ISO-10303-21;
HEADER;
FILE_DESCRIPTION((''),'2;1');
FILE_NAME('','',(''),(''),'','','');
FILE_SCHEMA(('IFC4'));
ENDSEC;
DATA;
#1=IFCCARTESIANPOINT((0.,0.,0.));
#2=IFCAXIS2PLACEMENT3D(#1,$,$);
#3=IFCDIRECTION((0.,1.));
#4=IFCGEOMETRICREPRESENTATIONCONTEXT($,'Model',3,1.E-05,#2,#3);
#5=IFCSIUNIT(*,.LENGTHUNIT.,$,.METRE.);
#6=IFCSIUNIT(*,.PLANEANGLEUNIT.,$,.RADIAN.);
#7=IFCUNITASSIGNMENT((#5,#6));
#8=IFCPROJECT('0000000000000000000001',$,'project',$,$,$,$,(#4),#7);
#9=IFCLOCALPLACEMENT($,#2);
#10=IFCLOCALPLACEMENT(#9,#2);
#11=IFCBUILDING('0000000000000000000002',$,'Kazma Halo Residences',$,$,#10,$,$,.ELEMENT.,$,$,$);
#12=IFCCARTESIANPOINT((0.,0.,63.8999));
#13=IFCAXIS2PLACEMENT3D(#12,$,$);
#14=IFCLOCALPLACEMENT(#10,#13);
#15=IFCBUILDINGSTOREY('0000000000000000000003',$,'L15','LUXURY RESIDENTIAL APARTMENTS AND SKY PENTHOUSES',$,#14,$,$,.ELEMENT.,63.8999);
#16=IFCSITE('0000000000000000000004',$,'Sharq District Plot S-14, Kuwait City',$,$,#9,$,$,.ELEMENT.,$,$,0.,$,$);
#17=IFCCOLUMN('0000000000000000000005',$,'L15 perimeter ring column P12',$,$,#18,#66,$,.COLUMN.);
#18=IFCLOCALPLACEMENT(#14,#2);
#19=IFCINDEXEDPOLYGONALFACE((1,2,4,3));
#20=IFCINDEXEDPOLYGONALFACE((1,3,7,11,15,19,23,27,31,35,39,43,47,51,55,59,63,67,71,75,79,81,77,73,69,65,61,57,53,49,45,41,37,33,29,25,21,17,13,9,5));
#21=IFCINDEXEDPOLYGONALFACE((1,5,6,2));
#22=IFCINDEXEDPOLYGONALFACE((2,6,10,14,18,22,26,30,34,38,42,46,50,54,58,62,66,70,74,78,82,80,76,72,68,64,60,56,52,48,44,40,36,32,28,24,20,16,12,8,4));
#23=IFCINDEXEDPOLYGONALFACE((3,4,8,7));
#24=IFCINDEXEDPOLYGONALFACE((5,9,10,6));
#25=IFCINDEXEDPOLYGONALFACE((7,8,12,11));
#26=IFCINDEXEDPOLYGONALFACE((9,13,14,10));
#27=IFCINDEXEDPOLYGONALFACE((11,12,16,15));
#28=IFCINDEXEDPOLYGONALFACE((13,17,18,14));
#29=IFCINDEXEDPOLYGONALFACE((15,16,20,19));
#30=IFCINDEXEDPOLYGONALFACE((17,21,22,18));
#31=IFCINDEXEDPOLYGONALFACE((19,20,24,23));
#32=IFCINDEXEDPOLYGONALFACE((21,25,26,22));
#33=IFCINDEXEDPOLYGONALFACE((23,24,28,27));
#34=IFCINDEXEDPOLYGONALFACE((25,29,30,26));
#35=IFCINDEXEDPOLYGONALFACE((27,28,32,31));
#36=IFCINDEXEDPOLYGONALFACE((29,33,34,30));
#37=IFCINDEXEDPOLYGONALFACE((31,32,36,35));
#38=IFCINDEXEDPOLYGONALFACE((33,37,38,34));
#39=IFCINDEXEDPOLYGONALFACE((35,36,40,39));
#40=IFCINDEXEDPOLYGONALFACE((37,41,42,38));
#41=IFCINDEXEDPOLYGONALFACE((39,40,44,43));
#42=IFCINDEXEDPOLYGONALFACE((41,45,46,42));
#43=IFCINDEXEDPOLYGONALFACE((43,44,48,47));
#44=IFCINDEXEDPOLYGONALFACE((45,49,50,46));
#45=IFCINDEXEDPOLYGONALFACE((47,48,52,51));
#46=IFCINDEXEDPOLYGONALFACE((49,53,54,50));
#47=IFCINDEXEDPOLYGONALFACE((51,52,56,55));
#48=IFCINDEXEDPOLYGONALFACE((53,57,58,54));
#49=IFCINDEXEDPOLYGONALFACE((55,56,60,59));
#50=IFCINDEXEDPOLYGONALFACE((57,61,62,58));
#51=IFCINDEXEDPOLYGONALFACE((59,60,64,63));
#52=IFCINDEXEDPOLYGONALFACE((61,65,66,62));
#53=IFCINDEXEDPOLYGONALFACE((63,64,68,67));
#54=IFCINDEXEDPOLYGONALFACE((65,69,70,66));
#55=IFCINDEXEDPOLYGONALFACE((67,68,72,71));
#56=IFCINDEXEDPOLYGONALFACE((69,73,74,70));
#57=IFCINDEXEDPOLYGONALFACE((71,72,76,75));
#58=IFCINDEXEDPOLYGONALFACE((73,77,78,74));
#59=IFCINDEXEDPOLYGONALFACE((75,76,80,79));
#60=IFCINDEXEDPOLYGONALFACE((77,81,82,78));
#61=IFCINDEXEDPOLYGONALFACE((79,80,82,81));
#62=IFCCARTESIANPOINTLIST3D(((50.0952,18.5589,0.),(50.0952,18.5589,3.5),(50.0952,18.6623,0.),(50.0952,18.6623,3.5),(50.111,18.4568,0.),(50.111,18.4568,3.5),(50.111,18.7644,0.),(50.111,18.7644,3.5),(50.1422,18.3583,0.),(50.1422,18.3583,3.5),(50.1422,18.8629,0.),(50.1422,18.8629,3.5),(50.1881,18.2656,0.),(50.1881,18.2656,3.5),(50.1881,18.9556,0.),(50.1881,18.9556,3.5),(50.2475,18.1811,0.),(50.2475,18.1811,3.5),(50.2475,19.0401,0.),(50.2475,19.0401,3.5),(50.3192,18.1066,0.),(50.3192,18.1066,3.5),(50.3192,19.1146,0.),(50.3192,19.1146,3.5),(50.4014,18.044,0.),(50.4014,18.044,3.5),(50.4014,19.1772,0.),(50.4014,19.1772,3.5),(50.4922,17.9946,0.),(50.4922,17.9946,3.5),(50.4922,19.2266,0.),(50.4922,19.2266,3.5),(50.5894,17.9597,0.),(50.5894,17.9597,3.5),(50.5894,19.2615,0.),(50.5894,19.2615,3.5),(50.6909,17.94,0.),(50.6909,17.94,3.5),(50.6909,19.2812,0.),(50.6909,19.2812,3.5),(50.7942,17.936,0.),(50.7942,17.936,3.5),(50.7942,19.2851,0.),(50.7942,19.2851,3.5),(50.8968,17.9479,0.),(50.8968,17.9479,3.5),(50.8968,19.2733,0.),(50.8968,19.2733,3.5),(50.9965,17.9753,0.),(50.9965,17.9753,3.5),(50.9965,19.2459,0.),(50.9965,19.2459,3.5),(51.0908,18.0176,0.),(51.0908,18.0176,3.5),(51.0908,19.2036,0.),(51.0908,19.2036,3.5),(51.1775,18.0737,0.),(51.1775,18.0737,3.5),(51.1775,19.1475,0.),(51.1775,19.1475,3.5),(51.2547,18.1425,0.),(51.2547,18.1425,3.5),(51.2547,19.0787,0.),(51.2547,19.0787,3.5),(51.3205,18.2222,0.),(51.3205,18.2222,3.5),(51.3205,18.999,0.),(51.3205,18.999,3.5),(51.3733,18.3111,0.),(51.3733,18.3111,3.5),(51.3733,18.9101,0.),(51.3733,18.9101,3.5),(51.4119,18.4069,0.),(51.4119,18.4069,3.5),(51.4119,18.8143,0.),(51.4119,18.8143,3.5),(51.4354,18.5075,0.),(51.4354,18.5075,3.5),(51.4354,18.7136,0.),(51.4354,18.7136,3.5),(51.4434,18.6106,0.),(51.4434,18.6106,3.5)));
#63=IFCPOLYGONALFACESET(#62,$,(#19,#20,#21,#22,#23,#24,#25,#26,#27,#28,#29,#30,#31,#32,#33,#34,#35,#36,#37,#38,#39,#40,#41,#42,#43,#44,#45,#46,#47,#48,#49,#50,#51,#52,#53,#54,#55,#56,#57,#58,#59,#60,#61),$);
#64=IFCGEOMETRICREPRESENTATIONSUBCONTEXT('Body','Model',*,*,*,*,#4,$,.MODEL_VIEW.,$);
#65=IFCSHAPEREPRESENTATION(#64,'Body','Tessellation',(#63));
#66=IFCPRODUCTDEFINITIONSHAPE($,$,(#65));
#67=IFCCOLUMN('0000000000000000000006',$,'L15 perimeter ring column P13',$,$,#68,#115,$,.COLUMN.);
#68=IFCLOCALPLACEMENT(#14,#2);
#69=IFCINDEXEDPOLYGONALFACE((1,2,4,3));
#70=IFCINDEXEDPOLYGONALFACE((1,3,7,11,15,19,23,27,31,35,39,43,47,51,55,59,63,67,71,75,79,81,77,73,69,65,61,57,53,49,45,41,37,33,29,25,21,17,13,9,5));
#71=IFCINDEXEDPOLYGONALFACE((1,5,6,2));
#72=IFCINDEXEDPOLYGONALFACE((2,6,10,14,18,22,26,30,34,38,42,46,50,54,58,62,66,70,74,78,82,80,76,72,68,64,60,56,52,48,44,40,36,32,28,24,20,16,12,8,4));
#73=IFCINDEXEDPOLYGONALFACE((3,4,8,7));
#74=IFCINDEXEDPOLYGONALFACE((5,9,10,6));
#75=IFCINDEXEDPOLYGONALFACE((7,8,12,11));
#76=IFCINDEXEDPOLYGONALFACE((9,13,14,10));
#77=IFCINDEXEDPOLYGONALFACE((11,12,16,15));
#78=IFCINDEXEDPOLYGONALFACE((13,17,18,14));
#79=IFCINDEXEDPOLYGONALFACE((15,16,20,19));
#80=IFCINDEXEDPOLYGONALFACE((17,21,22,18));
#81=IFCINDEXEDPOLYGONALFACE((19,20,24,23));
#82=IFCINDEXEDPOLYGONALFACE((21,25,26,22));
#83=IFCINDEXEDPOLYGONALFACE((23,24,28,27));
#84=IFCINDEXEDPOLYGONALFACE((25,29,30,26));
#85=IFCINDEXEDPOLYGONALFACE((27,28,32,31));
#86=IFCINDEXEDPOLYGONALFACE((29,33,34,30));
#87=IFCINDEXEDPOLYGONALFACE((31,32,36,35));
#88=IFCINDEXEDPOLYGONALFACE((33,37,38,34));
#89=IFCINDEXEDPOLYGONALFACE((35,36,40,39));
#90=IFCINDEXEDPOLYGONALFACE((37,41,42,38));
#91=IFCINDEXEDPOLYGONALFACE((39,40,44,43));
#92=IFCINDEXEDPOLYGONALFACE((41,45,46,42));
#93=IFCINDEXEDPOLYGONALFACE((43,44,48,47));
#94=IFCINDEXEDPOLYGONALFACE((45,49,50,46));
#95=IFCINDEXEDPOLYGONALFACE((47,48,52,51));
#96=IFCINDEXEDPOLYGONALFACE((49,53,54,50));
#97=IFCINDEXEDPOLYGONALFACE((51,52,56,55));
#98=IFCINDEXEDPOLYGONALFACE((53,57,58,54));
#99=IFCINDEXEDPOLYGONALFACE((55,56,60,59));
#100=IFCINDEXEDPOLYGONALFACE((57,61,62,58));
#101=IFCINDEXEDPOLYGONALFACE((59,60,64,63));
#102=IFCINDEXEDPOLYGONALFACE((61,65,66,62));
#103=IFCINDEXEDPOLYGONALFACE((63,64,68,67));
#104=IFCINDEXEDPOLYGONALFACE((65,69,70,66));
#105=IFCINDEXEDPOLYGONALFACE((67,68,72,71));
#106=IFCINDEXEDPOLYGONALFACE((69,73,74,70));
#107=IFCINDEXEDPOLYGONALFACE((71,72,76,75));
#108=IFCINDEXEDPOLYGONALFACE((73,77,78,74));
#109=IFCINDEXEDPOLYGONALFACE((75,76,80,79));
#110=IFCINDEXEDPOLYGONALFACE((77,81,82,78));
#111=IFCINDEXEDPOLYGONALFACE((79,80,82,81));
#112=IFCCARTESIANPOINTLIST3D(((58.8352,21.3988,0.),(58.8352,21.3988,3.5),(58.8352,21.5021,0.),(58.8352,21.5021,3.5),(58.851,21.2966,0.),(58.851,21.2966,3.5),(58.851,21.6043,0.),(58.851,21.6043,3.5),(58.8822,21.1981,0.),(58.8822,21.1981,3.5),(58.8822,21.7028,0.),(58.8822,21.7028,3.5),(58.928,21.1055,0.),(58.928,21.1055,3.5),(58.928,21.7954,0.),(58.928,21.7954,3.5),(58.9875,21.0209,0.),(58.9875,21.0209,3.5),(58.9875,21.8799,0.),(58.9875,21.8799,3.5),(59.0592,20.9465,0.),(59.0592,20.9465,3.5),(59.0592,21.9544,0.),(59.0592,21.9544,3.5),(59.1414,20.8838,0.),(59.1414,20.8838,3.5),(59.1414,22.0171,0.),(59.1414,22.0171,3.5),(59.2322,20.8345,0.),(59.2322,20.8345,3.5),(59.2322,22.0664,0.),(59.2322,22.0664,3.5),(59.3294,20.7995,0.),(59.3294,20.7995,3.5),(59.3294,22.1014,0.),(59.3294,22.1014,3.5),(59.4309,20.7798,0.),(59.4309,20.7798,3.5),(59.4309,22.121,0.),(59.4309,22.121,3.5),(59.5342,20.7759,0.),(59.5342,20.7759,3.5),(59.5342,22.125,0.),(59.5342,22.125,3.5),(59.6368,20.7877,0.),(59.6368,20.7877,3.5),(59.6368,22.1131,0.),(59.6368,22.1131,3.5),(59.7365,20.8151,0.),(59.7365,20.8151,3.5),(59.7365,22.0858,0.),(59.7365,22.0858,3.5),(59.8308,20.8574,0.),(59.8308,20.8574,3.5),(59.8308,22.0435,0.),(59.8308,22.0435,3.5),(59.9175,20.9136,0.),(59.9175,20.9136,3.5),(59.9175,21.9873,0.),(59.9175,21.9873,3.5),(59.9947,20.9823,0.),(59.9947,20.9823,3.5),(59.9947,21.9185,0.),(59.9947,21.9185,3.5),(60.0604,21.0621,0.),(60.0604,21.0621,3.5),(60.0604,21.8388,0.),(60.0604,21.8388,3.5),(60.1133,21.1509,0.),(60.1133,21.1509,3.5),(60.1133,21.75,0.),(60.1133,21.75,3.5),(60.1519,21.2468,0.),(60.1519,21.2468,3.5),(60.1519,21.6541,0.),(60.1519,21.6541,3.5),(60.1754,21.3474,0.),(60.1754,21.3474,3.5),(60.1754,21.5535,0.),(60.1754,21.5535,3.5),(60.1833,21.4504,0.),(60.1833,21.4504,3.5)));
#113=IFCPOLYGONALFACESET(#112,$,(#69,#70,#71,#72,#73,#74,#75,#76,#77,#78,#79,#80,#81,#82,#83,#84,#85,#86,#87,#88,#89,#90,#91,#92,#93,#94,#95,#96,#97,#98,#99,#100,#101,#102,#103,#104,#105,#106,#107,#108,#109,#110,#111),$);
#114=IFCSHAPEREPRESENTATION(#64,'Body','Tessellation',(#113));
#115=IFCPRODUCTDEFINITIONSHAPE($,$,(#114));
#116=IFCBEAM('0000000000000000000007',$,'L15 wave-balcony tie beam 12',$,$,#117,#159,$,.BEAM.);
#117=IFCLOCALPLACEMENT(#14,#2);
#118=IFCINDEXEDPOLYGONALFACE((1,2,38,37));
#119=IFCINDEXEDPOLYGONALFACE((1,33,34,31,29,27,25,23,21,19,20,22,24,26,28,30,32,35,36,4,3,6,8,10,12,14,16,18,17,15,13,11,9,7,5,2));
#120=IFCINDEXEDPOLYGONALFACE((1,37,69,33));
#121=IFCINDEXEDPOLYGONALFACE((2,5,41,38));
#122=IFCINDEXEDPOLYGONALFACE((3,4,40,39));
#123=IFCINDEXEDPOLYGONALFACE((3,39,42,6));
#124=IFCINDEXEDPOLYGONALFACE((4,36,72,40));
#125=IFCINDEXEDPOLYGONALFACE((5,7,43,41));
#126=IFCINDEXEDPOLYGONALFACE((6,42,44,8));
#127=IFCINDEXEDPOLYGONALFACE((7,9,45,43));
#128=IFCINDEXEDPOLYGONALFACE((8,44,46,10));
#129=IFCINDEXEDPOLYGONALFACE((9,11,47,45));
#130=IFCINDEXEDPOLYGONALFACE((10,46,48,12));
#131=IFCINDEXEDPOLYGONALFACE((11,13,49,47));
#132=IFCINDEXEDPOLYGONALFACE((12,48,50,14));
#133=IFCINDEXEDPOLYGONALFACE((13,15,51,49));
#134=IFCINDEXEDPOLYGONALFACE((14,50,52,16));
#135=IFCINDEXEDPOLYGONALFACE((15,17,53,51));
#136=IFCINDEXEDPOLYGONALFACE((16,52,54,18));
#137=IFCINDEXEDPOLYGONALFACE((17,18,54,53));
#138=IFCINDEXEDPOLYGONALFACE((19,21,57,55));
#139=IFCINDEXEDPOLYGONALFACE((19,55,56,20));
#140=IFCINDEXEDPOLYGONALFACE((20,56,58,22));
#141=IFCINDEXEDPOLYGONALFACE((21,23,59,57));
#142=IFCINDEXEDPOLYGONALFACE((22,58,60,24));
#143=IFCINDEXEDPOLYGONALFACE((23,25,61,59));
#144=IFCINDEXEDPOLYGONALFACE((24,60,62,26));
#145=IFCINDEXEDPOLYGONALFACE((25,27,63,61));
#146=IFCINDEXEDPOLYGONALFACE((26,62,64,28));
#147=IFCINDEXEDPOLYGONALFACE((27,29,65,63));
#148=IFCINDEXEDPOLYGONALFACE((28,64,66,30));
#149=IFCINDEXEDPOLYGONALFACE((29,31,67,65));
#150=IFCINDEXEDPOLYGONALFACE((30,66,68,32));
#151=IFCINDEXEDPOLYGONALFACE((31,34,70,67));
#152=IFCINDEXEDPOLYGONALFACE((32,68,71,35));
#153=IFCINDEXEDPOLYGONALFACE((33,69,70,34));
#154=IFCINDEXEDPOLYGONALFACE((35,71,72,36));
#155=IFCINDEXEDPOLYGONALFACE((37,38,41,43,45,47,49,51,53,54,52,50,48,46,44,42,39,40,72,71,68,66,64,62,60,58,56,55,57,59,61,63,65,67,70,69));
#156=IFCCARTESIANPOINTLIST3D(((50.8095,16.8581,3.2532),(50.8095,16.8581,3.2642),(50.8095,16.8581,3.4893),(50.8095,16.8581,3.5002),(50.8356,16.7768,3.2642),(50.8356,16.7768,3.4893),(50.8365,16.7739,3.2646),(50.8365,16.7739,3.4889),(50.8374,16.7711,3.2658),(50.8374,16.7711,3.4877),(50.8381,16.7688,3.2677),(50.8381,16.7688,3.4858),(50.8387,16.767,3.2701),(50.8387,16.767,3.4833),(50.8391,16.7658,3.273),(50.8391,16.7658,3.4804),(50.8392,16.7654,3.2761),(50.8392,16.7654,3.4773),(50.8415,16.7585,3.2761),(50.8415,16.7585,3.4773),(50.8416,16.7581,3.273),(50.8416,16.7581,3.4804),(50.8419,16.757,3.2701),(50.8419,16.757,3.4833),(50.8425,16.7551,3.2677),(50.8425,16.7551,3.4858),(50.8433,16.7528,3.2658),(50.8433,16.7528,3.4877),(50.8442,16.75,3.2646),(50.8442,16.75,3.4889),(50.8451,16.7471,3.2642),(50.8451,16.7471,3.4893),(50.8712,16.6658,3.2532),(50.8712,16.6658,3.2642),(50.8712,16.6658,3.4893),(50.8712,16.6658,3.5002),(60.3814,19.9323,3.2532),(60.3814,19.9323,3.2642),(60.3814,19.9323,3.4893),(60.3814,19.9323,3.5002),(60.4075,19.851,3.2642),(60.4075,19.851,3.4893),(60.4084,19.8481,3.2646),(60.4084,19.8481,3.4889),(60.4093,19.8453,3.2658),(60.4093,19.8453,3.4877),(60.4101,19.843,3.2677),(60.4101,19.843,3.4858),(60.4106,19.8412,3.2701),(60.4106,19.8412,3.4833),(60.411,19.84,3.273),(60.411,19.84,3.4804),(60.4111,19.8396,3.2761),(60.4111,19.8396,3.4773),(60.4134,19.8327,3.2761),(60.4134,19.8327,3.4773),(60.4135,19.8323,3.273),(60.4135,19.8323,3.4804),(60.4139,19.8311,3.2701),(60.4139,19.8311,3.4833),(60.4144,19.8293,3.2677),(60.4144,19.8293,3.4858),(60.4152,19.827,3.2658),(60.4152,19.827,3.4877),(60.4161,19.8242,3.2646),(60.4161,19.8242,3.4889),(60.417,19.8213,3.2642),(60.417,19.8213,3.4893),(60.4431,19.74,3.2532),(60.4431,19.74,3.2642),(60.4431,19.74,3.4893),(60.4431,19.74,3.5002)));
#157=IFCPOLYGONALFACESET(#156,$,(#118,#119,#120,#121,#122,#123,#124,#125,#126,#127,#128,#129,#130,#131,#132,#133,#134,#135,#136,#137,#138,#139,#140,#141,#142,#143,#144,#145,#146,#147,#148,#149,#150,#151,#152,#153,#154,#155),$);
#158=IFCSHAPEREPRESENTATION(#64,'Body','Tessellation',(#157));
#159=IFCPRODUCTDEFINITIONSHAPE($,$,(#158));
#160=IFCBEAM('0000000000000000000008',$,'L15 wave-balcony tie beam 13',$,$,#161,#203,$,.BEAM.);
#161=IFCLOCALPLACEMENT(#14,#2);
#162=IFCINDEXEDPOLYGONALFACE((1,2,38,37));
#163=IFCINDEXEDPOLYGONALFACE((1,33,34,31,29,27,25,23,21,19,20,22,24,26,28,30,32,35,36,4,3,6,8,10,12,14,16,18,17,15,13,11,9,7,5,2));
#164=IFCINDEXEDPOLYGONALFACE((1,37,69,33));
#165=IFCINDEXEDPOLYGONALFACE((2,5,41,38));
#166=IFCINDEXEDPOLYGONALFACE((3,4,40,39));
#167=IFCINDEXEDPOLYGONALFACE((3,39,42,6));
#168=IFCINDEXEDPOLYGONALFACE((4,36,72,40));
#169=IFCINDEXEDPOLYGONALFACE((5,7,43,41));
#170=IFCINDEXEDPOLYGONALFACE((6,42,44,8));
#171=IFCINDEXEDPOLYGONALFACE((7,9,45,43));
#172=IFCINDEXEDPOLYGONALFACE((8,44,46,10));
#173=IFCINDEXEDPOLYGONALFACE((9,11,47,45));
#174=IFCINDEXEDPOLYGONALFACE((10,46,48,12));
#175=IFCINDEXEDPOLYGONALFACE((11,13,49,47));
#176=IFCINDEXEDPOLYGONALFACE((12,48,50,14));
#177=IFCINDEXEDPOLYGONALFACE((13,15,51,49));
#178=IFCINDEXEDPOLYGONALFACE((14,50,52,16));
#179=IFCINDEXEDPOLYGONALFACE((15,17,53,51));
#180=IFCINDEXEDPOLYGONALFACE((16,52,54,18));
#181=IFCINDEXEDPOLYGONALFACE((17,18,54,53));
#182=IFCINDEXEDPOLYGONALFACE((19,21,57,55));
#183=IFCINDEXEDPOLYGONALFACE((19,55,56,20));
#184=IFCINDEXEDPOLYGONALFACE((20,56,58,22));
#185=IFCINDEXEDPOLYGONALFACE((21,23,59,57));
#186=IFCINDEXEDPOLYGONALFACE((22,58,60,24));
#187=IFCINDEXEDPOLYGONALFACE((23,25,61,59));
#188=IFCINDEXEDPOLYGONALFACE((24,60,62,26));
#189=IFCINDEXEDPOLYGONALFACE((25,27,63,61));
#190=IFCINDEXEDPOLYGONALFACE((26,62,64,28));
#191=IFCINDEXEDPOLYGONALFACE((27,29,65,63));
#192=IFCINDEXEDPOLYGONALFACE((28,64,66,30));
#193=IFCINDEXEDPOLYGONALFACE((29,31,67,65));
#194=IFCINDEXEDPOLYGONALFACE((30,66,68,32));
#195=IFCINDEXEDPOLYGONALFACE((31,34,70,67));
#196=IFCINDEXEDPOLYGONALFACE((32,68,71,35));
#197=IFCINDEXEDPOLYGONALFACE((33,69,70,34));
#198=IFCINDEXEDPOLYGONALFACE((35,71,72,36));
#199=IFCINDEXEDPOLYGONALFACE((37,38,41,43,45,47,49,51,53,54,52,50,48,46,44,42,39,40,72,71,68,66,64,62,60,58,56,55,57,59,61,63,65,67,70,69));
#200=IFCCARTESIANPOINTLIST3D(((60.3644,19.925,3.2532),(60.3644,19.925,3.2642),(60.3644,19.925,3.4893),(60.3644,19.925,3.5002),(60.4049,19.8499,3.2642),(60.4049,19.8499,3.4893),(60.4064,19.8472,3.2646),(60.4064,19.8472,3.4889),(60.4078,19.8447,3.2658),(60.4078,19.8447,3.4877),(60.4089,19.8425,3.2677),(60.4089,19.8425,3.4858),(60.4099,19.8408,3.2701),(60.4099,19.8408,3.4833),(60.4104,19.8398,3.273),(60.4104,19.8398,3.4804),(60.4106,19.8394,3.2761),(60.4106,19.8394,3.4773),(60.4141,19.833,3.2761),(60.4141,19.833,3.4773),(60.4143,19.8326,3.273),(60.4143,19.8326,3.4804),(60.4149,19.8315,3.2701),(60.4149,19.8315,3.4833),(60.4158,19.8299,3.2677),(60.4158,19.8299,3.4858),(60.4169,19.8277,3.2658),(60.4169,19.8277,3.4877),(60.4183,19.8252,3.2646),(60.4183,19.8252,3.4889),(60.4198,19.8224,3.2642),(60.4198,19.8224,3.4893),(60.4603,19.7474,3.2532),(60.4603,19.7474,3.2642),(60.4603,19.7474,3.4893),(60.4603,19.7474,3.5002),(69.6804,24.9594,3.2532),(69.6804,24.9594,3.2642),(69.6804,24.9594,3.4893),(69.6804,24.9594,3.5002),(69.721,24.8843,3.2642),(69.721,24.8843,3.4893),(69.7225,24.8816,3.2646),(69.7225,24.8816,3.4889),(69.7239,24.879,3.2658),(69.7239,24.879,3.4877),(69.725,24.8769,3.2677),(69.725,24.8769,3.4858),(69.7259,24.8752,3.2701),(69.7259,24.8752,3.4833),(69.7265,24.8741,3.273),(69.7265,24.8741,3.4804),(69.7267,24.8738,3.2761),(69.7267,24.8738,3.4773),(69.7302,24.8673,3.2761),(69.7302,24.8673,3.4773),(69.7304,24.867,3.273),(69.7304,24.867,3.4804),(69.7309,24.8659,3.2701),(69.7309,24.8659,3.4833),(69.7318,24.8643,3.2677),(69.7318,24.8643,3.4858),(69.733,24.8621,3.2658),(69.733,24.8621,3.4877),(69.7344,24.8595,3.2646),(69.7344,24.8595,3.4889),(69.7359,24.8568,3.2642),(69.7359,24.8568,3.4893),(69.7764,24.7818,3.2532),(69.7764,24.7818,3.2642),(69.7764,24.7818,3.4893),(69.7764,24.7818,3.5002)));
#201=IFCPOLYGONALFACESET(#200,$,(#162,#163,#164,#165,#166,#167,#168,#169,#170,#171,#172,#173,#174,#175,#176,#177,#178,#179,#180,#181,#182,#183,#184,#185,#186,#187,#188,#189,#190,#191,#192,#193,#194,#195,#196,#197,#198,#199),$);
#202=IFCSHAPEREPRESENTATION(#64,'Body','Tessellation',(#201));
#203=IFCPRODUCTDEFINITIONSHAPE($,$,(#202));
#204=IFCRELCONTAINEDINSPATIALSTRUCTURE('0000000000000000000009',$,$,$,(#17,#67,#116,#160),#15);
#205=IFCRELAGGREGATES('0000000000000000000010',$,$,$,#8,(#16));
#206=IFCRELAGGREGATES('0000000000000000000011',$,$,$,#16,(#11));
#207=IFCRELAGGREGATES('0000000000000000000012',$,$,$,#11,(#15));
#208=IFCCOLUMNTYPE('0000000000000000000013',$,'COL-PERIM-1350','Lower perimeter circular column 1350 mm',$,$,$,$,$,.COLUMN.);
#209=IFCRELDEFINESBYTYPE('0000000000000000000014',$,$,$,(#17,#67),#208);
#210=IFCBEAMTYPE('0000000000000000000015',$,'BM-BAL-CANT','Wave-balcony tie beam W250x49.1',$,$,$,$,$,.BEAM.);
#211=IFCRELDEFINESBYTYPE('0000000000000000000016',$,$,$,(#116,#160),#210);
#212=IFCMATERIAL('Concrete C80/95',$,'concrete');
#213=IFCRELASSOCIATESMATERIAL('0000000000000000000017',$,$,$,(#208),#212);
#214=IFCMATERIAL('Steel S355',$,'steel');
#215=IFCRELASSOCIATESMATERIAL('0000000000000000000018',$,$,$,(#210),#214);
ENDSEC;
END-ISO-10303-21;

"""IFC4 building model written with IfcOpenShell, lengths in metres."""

from ifc_helpers import new_model, si_unit, direction, frame, origin, origin_2d, place, context, subcontext, project, spatial, circle, i_section, extrude, material, material_profile, profile_set, type_object, element, save


model = new_model("IFC4")

# Units and contexts
model_context = context("Model", 3, precision=1e-05, world=origin(), true_north=direction((0.0, 1.0)))
body_context = subcontext(model_context, "Body", "Model", "MODEL_VIEW")
ifc_project = project(units=[si_unit("LENGTHUNIT", "METRE"), si_unit("PLANEANGLEUNIT", "RADIAN")], contexts=[model_context])

# Site, building, storey
site_placement = place(None, origin())
site = spatial("IfcSite", under=ifc_project, at=site_placement, Name="Sharq District Plot S-14, Kuwait City", CompositionType="ELEMENT", RefElevation=0.0)
building_placement = place(site_placement, origin())
building = spatial("IfcBuilding", under=site, at=building_placement, Name="Kazma Halo Residences", CompositionType="ELEMENT")
storey_placement = place(building_placement, frame((0.0, 0.0, 63.8999)))
storey = spatial("IfcBuildingStorey", under=building, at=storey_placement, Name="L15", Description="LUXURY RESIDENTIAL APARTMENTS AND SKY PENTHOUSES", CompositionType="ELEMENT", Elevation=63.8999)

# Columns
ifc_material_1 = material(Name="Concrete C80/95", Category="concrete")
ifc_material_profile_1 = material_profile(ifc_material_1, circle(Radius=0.675, at=origin_2d()), Name="CIRC1350")
ifc_profile_set_1 = profile_set([ifc_material_profile_1], Name="Concrete C80/95")
column_type = type_object("IfcColumnType", Name="COL-PERIM-1350", Description="Lower perimeter circular column 1350 mm", PredefinedType="COLUMN", material=ifc_profile_set_1)
for number, where, z_axis, x_axis, name in (
    (1, (50.7683, 18.6106, 0.0), (0.0, 0.0, 1.0), (1.0, 0.0, 0.0), "L15 perimeter ring column P12"),
    (2, (59.5083, 21.4504, 0.0), (0.0, 0.0, 1.0), (1.0, 0.0, 0.0), "L15 perimeter ring column P13"),
):
    element("IfcColumn", number, at=place(storey_placement, frame(where, z_axis=z_axis, x_axis=x_axis)), inside=storey, type_object=column_type, Name=name, PredefinedType="COLUMN", context=body_context, shape_type="SweptSolid", body=[
        extrude(circle(Radius=0.675, at=origin_2d()), origin(), (0.0, 0.0, 1.0), 3.5),
    ])

# Beams
ifc_material_2 = material(Name="Steel S355", Category="steel")
ifc_material_profile_2 = material_profile(ifc_material_2, i_section(OverallWidth=0.2019, OverallDepth=0.2471, WebThickness=0.0073, FlangeThickness=0.011, FilletRadius=0.012, at=origin_2d()), Name="W250x49.1")
ifc_profile_set_2 = profile_set([ifc_material_profile_2], Name="Steel S355")
beam_type_1 = type_object("IfcBeamType", Name="BM-BAL-CANT", Description="Wave-balcony tie beam W250x49.1", PredefinedType="BEAM", material=ifc_profile_set_2)
beam_1_placement = place(storey_placement, frame((50.8403, 16.762, 3.3767), z_axis=(0.952101, 0.305784, 0.0), x_axis=(-0.305784, 0.952101, 0.0)))
element("IfcBeam", 3, at=beam_1_placement, inside=storey, type_object=beam_type_1, Name="L15 wave-balcony tie beam 12", PredefinedType="BEAM", context=body_context, shape_type="SweptSolid", body=[
    extrude(i_section(OverallWidth=0.2019, OverallDepth=0.2471, WebThickness=0.0073, FlangeThickness=0.011, FilletRadius=0.012, at=origin_2d()), origin(), (0.0, 0.0, 1.0), 10.0535),
])
beam_2_placement = place(storey_placement, frame((60.4124, 19.8362, 3.3767), z_axis=(0.879759, 0.475419, 0.0), x_axis=(-0.475419, 0.879759, 0.0)))
element("IfcBeam", 4, at=beam_2_placement, inside=storey, type_object=beam_type_1, Name="L15 wave-balcony tie beam 13", PredefinedType="BEAM", context=body_context, shape_type="SweptSolid", body=[
    extrude(i_section(OverallWidth=0.2019, OverallDepth=0.2471, WebThickness=0.0073, FlangeThickness=0.011, FilletRadius=0.012, at=origin_2d()), origin(), (0.0, 0.0, 1.0), 10.5894),
])

save(model, "model.ifc")
